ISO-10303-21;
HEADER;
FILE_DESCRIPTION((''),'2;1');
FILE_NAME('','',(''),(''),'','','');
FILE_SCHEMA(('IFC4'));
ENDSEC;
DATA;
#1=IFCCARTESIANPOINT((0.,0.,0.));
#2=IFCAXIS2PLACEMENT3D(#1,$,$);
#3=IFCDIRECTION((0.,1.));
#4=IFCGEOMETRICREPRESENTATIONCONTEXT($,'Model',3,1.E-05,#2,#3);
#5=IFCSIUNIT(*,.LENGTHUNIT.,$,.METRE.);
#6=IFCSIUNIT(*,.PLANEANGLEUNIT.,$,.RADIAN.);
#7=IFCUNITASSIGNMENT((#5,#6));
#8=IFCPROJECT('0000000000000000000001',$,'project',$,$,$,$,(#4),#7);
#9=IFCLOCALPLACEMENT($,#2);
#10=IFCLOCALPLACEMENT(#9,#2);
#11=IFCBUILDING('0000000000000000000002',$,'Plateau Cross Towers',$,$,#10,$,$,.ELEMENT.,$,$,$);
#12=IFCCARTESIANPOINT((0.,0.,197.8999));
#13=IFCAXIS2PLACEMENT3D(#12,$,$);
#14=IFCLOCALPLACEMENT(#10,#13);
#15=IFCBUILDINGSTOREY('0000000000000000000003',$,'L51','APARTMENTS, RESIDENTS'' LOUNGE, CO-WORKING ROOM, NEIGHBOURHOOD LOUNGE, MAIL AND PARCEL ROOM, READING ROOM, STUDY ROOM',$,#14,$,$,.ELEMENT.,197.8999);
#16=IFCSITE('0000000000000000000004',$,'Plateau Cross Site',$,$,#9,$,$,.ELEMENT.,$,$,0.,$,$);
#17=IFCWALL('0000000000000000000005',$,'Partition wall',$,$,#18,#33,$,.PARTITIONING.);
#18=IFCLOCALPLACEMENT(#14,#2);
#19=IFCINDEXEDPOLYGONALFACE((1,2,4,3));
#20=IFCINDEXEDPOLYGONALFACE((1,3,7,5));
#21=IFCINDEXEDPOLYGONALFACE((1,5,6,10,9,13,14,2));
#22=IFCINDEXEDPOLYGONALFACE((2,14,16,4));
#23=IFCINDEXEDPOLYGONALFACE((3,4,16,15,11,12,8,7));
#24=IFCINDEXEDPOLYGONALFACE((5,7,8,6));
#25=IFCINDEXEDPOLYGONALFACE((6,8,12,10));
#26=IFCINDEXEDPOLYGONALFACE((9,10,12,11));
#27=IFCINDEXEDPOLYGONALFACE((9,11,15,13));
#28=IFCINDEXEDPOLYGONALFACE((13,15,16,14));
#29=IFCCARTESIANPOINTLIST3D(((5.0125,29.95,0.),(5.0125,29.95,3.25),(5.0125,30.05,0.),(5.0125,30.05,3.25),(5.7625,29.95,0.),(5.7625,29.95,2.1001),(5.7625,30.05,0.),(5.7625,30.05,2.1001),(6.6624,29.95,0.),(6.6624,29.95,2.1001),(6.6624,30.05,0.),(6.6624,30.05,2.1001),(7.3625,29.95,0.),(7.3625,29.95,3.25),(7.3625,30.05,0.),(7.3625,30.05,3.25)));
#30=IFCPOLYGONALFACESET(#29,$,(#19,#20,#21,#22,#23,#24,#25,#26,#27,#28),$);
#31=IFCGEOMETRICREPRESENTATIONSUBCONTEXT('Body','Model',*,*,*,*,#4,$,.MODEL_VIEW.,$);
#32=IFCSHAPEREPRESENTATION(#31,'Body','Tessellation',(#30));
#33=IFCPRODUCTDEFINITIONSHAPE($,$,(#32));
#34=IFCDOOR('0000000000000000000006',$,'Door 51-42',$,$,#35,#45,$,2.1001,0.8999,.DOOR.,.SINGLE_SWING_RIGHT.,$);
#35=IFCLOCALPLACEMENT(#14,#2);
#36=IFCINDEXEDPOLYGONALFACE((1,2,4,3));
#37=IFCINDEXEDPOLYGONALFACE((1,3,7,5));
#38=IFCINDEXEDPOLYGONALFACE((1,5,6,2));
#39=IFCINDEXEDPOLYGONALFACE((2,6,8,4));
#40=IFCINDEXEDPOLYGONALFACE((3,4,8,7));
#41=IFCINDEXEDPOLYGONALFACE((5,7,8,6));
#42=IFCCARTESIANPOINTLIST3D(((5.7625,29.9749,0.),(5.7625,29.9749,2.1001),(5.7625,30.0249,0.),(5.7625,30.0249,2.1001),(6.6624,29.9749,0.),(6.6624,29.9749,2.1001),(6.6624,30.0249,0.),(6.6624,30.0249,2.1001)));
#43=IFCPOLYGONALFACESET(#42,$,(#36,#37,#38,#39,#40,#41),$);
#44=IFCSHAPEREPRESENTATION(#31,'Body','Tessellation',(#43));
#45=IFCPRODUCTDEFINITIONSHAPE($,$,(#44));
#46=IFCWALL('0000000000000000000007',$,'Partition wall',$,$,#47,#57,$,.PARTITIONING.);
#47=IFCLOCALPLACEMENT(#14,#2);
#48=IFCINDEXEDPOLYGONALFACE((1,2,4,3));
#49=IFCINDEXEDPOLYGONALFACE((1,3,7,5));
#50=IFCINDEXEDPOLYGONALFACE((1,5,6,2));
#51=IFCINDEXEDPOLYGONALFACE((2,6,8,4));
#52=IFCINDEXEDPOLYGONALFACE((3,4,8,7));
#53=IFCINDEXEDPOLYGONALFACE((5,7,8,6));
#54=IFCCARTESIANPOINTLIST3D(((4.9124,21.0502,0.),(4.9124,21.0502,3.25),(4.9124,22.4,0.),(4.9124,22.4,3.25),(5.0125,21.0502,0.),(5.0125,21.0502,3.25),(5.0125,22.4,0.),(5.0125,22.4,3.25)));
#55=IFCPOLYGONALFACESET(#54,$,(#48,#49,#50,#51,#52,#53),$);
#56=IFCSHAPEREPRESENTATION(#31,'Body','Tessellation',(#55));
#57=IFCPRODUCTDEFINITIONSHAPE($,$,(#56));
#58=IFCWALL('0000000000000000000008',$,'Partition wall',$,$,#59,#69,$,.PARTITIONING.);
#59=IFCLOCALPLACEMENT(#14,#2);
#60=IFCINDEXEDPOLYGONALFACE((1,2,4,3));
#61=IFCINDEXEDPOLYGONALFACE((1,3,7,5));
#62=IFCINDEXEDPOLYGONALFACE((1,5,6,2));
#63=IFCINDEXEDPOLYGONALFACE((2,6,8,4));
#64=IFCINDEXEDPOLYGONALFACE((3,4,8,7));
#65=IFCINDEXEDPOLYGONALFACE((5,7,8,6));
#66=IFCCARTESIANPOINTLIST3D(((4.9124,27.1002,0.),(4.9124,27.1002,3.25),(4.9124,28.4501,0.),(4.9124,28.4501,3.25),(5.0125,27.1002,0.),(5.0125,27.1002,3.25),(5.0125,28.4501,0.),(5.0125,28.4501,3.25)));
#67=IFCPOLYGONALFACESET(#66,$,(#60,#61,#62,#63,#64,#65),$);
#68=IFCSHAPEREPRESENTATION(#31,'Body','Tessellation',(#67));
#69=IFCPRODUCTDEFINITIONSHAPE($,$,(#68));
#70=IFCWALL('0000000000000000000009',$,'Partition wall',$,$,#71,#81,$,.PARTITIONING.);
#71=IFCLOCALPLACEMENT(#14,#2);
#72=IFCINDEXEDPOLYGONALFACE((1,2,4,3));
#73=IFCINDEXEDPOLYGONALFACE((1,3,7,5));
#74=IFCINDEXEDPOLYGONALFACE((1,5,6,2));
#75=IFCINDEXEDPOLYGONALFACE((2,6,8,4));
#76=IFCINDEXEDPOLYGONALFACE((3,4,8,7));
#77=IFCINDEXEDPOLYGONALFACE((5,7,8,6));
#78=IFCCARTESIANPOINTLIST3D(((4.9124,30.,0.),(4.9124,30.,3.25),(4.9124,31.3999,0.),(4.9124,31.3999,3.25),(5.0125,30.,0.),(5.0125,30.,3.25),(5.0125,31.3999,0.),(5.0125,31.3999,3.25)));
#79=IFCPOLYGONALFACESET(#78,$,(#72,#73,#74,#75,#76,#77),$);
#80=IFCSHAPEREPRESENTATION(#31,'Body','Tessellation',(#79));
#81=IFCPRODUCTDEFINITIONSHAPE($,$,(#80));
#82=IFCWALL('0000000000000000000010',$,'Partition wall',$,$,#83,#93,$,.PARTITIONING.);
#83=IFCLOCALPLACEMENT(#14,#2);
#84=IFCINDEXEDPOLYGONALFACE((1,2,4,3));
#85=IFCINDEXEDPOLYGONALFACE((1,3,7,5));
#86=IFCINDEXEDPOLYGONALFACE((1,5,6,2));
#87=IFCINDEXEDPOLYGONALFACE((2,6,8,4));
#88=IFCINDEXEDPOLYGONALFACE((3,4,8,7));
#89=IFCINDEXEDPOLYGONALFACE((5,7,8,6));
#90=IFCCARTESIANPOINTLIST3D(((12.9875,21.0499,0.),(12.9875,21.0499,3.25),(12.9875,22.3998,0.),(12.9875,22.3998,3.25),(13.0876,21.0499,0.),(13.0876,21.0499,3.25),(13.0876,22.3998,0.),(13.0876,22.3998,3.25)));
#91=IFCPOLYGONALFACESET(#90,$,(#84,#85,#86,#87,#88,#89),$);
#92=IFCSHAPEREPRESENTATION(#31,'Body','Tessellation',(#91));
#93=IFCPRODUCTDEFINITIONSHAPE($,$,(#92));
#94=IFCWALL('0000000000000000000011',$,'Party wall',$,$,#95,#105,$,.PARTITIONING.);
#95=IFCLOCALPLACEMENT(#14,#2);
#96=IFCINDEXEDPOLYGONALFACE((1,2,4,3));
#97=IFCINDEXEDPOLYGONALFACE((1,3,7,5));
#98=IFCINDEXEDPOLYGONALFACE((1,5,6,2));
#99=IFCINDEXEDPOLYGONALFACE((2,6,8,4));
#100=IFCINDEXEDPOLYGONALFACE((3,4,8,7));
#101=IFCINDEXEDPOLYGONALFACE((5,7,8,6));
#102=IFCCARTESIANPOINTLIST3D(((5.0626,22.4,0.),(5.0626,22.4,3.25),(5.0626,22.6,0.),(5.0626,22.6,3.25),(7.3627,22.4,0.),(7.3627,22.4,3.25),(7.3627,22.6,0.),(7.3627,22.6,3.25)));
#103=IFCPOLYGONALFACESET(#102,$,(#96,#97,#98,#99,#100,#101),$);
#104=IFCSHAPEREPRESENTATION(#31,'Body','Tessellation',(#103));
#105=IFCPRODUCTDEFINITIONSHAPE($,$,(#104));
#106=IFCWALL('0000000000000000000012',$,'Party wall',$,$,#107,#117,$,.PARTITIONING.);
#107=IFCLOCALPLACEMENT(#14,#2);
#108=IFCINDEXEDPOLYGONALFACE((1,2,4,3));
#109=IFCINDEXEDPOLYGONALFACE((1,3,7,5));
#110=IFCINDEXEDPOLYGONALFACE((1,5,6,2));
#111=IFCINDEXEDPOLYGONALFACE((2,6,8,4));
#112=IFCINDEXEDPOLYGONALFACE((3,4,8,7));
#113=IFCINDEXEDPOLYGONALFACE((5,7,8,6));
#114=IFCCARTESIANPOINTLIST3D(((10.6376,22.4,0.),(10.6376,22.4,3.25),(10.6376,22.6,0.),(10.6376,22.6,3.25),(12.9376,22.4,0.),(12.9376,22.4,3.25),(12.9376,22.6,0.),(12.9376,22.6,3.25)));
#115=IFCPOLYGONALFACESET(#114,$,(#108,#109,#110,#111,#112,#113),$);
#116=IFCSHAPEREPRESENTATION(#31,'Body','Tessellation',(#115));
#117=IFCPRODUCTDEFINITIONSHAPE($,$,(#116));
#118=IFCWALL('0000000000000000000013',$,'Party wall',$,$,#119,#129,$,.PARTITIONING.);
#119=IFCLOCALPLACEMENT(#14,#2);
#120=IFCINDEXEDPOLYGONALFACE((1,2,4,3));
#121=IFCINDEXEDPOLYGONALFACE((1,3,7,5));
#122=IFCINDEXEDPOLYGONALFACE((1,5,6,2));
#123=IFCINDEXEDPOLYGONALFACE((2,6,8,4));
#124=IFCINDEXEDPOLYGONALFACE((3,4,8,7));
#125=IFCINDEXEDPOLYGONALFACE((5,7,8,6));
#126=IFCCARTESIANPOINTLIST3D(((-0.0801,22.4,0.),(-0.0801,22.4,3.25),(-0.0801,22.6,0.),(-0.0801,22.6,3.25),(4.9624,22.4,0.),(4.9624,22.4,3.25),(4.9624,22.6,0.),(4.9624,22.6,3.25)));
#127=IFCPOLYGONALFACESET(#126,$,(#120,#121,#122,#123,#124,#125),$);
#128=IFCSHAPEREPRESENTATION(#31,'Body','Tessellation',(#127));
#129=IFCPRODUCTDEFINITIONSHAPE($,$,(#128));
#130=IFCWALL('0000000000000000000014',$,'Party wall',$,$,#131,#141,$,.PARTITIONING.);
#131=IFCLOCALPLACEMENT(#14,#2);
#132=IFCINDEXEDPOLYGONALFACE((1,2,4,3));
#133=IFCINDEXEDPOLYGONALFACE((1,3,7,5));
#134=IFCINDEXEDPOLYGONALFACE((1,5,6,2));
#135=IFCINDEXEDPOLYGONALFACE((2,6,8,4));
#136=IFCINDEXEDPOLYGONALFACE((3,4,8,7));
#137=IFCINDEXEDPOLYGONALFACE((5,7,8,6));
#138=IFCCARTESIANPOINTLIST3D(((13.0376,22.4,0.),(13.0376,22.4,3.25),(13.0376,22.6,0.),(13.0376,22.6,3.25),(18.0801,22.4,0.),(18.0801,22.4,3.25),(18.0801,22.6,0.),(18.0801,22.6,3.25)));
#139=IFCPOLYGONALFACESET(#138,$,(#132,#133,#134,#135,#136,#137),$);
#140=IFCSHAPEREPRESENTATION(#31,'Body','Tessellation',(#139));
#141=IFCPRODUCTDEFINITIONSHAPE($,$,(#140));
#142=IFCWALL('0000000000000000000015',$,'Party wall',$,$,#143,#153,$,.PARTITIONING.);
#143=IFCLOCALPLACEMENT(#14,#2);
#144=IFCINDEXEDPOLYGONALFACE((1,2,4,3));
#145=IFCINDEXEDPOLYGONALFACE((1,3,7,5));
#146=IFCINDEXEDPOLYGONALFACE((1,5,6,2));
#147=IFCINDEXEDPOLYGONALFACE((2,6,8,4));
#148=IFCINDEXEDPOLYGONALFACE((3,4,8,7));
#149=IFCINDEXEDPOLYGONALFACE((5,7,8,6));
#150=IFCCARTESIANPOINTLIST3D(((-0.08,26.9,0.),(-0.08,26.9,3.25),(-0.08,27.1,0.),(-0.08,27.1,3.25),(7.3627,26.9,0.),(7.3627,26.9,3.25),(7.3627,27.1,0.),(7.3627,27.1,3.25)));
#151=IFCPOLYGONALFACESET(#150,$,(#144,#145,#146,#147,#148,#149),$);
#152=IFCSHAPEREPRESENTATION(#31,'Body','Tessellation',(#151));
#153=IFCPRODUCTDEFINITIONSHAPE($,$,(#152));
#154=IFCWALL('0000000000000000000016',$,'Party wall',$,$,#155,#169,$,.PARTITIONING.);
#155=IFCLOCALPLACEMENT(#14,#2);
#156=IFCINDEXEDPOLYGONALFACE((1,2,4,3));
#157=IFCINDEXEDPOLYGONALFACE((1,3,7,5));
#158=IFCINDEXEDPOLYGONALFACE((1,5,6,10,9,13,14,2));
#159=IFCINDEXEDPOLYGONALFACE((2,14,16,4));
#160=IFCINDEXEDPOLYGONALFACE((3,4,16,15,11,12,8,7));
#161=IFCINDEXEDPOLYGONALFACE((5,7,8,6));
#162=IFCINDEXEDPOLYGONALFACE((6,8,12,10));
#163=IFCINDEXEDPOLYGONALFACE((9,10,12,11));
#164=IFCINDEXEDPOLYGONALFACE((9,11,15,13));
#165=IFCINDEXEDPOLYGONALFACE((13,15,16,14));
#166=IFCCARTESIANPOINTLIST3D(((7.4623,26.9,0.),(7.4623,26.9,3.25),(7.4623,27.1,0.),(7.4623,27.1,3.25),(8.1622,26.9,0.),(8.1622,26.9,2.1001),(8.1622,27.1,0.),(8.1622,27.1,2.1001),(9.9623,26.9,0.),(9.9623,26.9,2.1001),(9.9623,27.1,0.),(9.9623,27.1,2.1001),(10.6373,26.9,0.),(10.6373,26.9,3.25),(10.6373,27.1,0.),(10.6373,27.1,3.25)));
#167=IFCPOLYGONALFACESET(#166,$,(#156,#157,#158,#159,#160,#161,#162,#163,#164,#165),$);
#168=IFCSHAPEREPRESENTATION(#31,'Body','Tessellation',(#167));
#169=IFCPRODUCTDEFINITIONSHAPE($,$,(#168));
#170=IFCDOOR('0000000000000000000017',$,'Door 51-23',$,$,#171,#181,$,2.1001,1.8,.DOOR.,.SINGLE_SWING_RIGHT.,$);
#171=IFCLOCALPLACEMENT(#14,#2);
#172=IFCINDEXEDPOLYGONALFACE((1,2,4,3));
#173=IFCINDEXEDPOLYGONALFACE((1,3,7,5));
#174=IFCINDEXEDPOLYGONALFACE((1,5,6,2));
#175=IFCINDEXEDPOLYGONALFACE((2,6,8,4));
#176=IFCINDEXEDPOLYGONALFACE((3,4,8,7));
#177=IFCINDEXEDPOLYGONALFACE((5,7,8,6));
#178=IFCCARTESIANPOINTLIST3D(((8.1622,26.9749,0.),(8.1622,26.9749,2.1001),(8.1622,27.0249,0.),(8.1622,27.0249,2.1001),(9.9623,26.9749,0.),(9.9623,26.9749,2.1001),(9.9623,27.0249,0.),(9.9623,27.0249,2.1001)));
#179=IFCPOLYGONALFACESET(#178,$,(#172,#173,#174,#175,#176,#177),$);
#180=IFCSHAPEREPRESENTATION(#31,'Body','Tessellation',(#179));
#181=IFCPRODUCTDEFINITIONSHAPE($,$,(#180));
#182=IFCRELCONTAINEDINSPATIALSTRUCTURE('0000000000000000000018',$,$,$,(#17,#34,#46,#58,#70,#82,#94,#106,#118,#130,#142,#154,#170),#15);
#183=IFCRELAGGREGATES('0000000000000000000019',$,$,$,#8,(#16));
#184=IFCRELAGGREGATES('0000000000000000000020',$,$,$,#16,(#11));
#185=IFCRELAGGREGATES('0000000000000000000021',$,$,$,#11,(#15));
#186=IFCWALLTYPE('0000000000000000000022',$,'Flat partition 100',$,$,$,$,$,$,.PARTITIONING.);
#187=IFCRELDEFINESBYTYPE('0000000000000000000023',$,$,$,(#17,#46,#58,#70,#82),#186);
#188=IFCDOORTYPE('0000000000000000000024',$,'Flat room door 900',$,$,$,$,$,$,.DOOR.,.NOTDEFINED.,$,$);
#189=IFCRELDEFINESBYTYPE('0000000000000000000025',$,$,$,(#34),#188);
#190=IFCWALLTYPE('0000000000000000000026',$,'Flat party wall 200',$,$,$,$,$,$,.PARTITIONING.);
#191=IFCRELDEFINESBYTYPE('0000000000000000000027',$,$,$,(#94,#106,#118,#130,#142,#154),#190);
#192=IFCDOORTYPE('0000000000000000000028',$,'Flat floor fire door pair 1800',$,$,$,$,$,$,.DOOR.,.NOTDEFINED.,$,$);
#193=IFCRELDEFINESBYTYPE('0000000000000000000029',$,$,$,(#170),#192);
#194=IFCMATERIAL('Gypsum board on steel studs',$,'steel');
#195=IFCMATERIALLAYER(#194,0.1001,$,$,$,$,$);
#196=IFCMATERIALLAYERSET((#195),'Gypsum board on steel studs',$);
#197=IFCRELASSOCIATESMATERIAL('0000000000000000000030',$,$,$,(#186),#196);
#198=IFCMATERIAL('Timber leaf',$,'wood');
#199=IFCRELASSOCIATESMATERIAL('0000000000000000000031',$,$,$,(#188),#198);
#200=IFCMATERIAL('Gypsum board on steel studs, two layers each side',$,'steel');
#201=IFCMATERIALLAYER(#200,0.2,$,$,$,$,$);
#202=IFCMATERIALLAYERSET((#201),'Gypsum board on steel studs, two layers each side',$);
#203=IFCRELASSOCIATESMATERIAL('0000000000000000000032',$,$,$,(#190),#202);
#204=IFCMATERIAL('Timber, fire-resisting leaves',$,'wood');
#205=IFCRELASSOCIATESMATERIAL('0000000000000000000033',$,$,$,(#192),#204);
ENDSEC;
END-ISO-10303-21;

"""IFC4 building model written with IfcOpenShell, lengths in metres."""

from ifc_helpers import new_model, si_unit, direction, frame, frame_2d, origin, place, context, subcontext, project, spatial, rectangle, extrude, material, layer, layer_set, type_object, element, fill, save


model = new_model("IFC4")

# Units and contexts
model_context = context("Model", 3, precision=1e-05, world=origin(), true_north=direction((0.0, 1.0)))
body_context = subcontext(model_context, "Body", "Model", "MODEL_VIEW")
ifc_project = project(units=[si_unit("LENGTHUNIT", "METRE"), si_unit("PLANEANGLEUNIT", "RADIAN")], contexts=[model_context])

# Site, building, storey
site_placement = place(None, origin())
site = spatial("IfcSite", under=ifc_project, at=site_placement, Name="Plateau Cross Site", CompositionType="ELEMENT", RefElevation=0.0)
building_placement = place(site_placement, origin())
building = spatial("IfcBuilding", under=site, at=building_placement, Name="Plateau Cross Towers", CompositionType="ELEMENT")
storey_placement = place(building_placement, frame((0.0, 0.0, 197.8999)))
storey = spatial("IfcBuildingStorey", under=building, at=storey_placement, Name="L51", Description="APARTMENTS, RESIDENTS' LOUNGE, CO-WORKING ROOM, NEIGHBOURHOOD LOUNGE, MAIL AND PARCEL ROOM, READING ROOM, STUDY ROOM", CompositionType="ELEMENT", Elevation=197.8999)

# Wall, opening, door
ifc_material_1 = material(Name="Gypsum board on steel studs", Category="steel")
ifc_layer_1 = layer(ifc_material_1, 0.1001)
ifc_layer_set_1 = layer_set([ifc_layer_1], Name="Gypsum board on steel studs")
wall_type_1 = type_object("IfcWallType", Name="Flat partition 100", PredefinedType="PARTITIONING", material=ifc_layer_set_1)
ifc_material_2 = material(Name="Timber leaf", Category="wood")
door_type_1 = type_object("IfcDoorType", Name="Flat room door 900", OperationType="NOTDEFINED", PredefinedType="DOOR", material=ifc_material_2)
wall_1_placement = place(storey_placement, frame((5.0125, 30.0, 0.0), z_axis=(0.0, 0.0, 1.0), x_axis=(1.0, 0.0, 0.0)))
wall_1 = element("IfcWall", 1, at=wall_1_placement, inside=storey, type_object=wall_type_1, Name="Partition wall", PredefinedType="PARTITIONING", context=body_context, shape_type="SweptSolid", body=[
    extrude(rectangle(XDim=2.3501, YDim=0.1001, at=frame_2d((1.175, 0.0))), origin(), (0.0, 0.0, 1.0), 3.25),
])
opening_1_placement = place(wall_1_placement, frame((0.75, 0.0, 0.0)))
opening_1 = element("IfcOpeningElement", 2, at=opening_1_placement, cuts=wall_1, PredefinedType="OPENING", context=body_context, shape_type="SweptSolid", body=[
    extrude(rectangle(XDim=0.8999, YDim=2.1001, at=frame_2d((0.45, 1.05))), frame((0.0, 0.0601, 0.0), z_axis=(0.0, -1.0, 0.0), x_axis=(1.0, 0.0, 0.0)), (0.0, 0.0, 1.0), 0.1201),
])
door_1_placement = place(opening_1_placement, origin())
door_1 = element("IfcDoor", 3, at=door_1_placement, inside=storey, type_object=door_type_1, Name="Door 51-42", OperationType="SINGLE_SWING_RIGHT", OverallHeight=2.1001, OverallWidth=0.8999, PredefinedType="DOOR", context=body_context, shape_type="SweptSolid", body=[
    extrude(rectangle(XDim=0.8999, YDim=2.1001, at=frame_2d((0.45, 1.05))), frame((0.0, 0.0249, 0.0), z_axis=(0.0, -1.0, 0.0), x_axis=(1.0, 0.0, 0.0)), (0.0, 0.0, 1.0), 0.05),
])
fill(opening_1, door_1)

# Walls
for number, where, z_axis, x_axis, name in (
    (4, (4.9624, 22.3999, 0.0), (0.0, 0.0, 1.0), (0.0, -1.0, 0.0), "Partition wall"),
    (5, (4.9624, 28.45, 0.0), (0.0, 0.0, 1.0), (0.0, -1.0, 0.0), "Partition wall"),
):
    element("IfcWall", number, at=place(storey_placement, frame(where, z_axis=z_axis, x_axis=x_axis)), inside=storey, type_object=wall_type_1, Name=name, PredefinedType="PARTITIONING", context=body_context, shape_type="SweptSolid", body=[
        extrude(rectangle(XDim=1.3499, YDim=0.1001, at=frame_2d((0.6748, 0.0))), origin(), (0.0, 0.0, 1.0), 3.25),
    ])
wall_2_placement = place(storey_placement, frame((4.9624, 31.3999, 0.0), z_axis=(0.0, 0.0, 1.0), x_axis=(0.0, -1.0, 0.0)))
element("IfcWall", 6, at=wall_2_placement, inside=storey, type_object=wall_type_1, Name="Partition wall", PredefinedType="PARTITIONING", context=body_context, shape_type="SweptSolid", body=[
    extrude(rectangle(XDim=1.3999, YDim=0.1001, at=frame_2d((0.7, 0.0))), origin(), (0.0, 0.0, 1.0), 3.25),
])
wall_3_placement = place(storey_placement, frame((13.0376, 21.05, 0.0), z_axis=(0.0, 0.0, 1.0), x_axis=(0.0, 1.0, 0.0)))
element("IfcWall", 7, at=wall_3_placement, inside=storey, type_object=wall_type_1, Name="Partition wall", PredefinedType="PARTITIONING", context=body_context, shape_type="SweptSolid", body=[
    extrude(rectangle(XDim=1.3499, YDim=0.1001, at=frame_2d((0.6748, 0.0))), origin(), (0.0, 0.0, 1.0), 3.25),
])
ifc_material_3 = material(Name="Gypsum board on steel studs, two layers each side", Category="steel")
ifc_layer_2 = layer(ifc_material_3, 0.2)
ifc_layer_set_2 = layer_set([ifc_layer_2], Name="Gypsum board on steel studs, two layers each side")
wall_type_2 = type_object("IfcWallType", Name="Flat party wall 200", PredefinedType="PARTITIONING", material=ifc_layer_set_2)
for number, where, z_axis, x_axis, name in (
    (8, (7.3625, 22.5, 0.0), (0.0, 0.0, 1.0), (-1.0, 0.0, 0.0), "Party wall"),
    (9, (12.9375, 22.5, 0.0), (0.0, 0.0, 1.0), (-1.0, 0.0, 0.0), "Party wall"),
):
    element("IfcWall", number, at=place(storey_placement, frame(where, z_axis=z_axis, x_axis=x_axis)), inside=storey, type_object=wall_type_2, Name=name, PredefinedType="PARTITIONING", context=body_context, shape_type="SweptSolid", body=[
        extrude(rectangle(XDim=2.3, YDim=0.2, at=frame_2d((1.1499, 0.0))), origin(), (0.0, 0.0, 1.0), 3.25),
    ])
for number, where, z_axis, x_axis, name in (
    (10, (-0.0801, 22.5, 0.0), (0.0, 0.0, 1.0), (1.0, 0.0, 0.0), "Party wall"),
    (11, (13.0376, 22.5, 0.0), (0.0, 0.0, 1.0), (1.0, 0.0, 0.0), "Party wall"),
):
    element("IfcWall", number, at=place(storey_placement, frame(where, z_axis=z_axis, x_axis=x_axis)), inside=storey, type_object=wall_type_2, Name=name, PredefinedType="PARTITIONING", context=body_context, shape_type="SweptSolid", body=[
        extrude(rectangle(XDim=5.0425, YDim=0.2, at=frame_2d((2.5212, 0.0))), origin(), (0.0, 0.0, 1.0), 3.25),
    ])
wall_4_placement = place(storey_placement, frame((7.3625, 27.0, 0.0), z_axis=(0.0, 0.0, 1.0), x_axis=(-1.0, 0.0, 0.0)))
element("IfcWall", 12, at=wall_4_placement, inside=storey, type_object=wall_type_2, Name="Party wall", PredefinedType="PARTITIONING", context=body_context, shape_type="SweptSolid", body=[
    extrude(rectangle(XDim=7.4426, YDim=0.2, at=frame_2d((3.7212, 0.0))), origin(), (0.0, 0.0, 1.0), 3.25),
])

# Wall, opening, door
wall_5_placement = place(storey_placement, frame((7.4624, 27.0, 0.0), z_axis=(0.0, 0.0, 1.0), x_axis=(1.0, 0.0, 0.0)))
wall_5 = element("IfcWall", 13, at=wall_5_placement, inside=storey, type_object=wall_type_2, Name="Party wall", PredefinedType="PARTITIONING", context=body_context, shape_type="SweptSolid", body=[
    extrude(rectangle(XDim=3.175, YDim=0.2, at=frame_2d((1.5874, 0.0))), origin(), (0.0, 0.0, 1.0), 3.25),
])
opening_2_placement = place(wall_5_placement, frame((0.7, 0.0, 0.0)))
opening_2 = element("IfcOpeningElement", 14, at=opening_2_placement, cuts=wall_5, PredefinedType="OPENING", context=body_context, shape_type="SweptSolid", body=[
    extrude(rectangle(XDim=1.8, YDim=2.1001, at=frame_2d((0.8999, 1.05))), frame((0.0, 0.1099, 0.0), z_axis=(0.0, -1.0, 0.0), x_axis=(1.0, 0.0, 0.0)), (0.0, 0.0, 1.0), 0.22),
])
ifc_material_4 = material(Name="Timber, fire-resisting leaves", Category="wood")
door_type_2 = type_object("IfcDoorType", Name="Flat floor fire door pair 1800", OperationType="NOTDEFINED", PredefinedType="DOOR", material=ifc_material_4)
door_2_placement = place(opening_2_placement, origin())
door_2 = element("IfcDoor", 15, at=door_2_placement, inside=storey, type_object=door_type_2, Name="Door 51-23", OperationType="SINGLE_SWING_RIGHT", OverallHeight=2.1001, OverallWidth=1.8, PredefinedType="DOOR", context=body_context, shape_type="SweptSolid", body=[
    extrude(rectangle(XDim=1.8, YDim=2.1001, at=frame_2d((0.8999, 1.05))), frame((0.0, 0.0249, 0.0), z_axis=(0.0, -1.0, 0.0), x_axis=(1.0, 0.0, 0.0)), (0.0, 0.0, 1.0), 0.05),
])
fill(opening_2, door_2)

save(model, "model.ifc")
